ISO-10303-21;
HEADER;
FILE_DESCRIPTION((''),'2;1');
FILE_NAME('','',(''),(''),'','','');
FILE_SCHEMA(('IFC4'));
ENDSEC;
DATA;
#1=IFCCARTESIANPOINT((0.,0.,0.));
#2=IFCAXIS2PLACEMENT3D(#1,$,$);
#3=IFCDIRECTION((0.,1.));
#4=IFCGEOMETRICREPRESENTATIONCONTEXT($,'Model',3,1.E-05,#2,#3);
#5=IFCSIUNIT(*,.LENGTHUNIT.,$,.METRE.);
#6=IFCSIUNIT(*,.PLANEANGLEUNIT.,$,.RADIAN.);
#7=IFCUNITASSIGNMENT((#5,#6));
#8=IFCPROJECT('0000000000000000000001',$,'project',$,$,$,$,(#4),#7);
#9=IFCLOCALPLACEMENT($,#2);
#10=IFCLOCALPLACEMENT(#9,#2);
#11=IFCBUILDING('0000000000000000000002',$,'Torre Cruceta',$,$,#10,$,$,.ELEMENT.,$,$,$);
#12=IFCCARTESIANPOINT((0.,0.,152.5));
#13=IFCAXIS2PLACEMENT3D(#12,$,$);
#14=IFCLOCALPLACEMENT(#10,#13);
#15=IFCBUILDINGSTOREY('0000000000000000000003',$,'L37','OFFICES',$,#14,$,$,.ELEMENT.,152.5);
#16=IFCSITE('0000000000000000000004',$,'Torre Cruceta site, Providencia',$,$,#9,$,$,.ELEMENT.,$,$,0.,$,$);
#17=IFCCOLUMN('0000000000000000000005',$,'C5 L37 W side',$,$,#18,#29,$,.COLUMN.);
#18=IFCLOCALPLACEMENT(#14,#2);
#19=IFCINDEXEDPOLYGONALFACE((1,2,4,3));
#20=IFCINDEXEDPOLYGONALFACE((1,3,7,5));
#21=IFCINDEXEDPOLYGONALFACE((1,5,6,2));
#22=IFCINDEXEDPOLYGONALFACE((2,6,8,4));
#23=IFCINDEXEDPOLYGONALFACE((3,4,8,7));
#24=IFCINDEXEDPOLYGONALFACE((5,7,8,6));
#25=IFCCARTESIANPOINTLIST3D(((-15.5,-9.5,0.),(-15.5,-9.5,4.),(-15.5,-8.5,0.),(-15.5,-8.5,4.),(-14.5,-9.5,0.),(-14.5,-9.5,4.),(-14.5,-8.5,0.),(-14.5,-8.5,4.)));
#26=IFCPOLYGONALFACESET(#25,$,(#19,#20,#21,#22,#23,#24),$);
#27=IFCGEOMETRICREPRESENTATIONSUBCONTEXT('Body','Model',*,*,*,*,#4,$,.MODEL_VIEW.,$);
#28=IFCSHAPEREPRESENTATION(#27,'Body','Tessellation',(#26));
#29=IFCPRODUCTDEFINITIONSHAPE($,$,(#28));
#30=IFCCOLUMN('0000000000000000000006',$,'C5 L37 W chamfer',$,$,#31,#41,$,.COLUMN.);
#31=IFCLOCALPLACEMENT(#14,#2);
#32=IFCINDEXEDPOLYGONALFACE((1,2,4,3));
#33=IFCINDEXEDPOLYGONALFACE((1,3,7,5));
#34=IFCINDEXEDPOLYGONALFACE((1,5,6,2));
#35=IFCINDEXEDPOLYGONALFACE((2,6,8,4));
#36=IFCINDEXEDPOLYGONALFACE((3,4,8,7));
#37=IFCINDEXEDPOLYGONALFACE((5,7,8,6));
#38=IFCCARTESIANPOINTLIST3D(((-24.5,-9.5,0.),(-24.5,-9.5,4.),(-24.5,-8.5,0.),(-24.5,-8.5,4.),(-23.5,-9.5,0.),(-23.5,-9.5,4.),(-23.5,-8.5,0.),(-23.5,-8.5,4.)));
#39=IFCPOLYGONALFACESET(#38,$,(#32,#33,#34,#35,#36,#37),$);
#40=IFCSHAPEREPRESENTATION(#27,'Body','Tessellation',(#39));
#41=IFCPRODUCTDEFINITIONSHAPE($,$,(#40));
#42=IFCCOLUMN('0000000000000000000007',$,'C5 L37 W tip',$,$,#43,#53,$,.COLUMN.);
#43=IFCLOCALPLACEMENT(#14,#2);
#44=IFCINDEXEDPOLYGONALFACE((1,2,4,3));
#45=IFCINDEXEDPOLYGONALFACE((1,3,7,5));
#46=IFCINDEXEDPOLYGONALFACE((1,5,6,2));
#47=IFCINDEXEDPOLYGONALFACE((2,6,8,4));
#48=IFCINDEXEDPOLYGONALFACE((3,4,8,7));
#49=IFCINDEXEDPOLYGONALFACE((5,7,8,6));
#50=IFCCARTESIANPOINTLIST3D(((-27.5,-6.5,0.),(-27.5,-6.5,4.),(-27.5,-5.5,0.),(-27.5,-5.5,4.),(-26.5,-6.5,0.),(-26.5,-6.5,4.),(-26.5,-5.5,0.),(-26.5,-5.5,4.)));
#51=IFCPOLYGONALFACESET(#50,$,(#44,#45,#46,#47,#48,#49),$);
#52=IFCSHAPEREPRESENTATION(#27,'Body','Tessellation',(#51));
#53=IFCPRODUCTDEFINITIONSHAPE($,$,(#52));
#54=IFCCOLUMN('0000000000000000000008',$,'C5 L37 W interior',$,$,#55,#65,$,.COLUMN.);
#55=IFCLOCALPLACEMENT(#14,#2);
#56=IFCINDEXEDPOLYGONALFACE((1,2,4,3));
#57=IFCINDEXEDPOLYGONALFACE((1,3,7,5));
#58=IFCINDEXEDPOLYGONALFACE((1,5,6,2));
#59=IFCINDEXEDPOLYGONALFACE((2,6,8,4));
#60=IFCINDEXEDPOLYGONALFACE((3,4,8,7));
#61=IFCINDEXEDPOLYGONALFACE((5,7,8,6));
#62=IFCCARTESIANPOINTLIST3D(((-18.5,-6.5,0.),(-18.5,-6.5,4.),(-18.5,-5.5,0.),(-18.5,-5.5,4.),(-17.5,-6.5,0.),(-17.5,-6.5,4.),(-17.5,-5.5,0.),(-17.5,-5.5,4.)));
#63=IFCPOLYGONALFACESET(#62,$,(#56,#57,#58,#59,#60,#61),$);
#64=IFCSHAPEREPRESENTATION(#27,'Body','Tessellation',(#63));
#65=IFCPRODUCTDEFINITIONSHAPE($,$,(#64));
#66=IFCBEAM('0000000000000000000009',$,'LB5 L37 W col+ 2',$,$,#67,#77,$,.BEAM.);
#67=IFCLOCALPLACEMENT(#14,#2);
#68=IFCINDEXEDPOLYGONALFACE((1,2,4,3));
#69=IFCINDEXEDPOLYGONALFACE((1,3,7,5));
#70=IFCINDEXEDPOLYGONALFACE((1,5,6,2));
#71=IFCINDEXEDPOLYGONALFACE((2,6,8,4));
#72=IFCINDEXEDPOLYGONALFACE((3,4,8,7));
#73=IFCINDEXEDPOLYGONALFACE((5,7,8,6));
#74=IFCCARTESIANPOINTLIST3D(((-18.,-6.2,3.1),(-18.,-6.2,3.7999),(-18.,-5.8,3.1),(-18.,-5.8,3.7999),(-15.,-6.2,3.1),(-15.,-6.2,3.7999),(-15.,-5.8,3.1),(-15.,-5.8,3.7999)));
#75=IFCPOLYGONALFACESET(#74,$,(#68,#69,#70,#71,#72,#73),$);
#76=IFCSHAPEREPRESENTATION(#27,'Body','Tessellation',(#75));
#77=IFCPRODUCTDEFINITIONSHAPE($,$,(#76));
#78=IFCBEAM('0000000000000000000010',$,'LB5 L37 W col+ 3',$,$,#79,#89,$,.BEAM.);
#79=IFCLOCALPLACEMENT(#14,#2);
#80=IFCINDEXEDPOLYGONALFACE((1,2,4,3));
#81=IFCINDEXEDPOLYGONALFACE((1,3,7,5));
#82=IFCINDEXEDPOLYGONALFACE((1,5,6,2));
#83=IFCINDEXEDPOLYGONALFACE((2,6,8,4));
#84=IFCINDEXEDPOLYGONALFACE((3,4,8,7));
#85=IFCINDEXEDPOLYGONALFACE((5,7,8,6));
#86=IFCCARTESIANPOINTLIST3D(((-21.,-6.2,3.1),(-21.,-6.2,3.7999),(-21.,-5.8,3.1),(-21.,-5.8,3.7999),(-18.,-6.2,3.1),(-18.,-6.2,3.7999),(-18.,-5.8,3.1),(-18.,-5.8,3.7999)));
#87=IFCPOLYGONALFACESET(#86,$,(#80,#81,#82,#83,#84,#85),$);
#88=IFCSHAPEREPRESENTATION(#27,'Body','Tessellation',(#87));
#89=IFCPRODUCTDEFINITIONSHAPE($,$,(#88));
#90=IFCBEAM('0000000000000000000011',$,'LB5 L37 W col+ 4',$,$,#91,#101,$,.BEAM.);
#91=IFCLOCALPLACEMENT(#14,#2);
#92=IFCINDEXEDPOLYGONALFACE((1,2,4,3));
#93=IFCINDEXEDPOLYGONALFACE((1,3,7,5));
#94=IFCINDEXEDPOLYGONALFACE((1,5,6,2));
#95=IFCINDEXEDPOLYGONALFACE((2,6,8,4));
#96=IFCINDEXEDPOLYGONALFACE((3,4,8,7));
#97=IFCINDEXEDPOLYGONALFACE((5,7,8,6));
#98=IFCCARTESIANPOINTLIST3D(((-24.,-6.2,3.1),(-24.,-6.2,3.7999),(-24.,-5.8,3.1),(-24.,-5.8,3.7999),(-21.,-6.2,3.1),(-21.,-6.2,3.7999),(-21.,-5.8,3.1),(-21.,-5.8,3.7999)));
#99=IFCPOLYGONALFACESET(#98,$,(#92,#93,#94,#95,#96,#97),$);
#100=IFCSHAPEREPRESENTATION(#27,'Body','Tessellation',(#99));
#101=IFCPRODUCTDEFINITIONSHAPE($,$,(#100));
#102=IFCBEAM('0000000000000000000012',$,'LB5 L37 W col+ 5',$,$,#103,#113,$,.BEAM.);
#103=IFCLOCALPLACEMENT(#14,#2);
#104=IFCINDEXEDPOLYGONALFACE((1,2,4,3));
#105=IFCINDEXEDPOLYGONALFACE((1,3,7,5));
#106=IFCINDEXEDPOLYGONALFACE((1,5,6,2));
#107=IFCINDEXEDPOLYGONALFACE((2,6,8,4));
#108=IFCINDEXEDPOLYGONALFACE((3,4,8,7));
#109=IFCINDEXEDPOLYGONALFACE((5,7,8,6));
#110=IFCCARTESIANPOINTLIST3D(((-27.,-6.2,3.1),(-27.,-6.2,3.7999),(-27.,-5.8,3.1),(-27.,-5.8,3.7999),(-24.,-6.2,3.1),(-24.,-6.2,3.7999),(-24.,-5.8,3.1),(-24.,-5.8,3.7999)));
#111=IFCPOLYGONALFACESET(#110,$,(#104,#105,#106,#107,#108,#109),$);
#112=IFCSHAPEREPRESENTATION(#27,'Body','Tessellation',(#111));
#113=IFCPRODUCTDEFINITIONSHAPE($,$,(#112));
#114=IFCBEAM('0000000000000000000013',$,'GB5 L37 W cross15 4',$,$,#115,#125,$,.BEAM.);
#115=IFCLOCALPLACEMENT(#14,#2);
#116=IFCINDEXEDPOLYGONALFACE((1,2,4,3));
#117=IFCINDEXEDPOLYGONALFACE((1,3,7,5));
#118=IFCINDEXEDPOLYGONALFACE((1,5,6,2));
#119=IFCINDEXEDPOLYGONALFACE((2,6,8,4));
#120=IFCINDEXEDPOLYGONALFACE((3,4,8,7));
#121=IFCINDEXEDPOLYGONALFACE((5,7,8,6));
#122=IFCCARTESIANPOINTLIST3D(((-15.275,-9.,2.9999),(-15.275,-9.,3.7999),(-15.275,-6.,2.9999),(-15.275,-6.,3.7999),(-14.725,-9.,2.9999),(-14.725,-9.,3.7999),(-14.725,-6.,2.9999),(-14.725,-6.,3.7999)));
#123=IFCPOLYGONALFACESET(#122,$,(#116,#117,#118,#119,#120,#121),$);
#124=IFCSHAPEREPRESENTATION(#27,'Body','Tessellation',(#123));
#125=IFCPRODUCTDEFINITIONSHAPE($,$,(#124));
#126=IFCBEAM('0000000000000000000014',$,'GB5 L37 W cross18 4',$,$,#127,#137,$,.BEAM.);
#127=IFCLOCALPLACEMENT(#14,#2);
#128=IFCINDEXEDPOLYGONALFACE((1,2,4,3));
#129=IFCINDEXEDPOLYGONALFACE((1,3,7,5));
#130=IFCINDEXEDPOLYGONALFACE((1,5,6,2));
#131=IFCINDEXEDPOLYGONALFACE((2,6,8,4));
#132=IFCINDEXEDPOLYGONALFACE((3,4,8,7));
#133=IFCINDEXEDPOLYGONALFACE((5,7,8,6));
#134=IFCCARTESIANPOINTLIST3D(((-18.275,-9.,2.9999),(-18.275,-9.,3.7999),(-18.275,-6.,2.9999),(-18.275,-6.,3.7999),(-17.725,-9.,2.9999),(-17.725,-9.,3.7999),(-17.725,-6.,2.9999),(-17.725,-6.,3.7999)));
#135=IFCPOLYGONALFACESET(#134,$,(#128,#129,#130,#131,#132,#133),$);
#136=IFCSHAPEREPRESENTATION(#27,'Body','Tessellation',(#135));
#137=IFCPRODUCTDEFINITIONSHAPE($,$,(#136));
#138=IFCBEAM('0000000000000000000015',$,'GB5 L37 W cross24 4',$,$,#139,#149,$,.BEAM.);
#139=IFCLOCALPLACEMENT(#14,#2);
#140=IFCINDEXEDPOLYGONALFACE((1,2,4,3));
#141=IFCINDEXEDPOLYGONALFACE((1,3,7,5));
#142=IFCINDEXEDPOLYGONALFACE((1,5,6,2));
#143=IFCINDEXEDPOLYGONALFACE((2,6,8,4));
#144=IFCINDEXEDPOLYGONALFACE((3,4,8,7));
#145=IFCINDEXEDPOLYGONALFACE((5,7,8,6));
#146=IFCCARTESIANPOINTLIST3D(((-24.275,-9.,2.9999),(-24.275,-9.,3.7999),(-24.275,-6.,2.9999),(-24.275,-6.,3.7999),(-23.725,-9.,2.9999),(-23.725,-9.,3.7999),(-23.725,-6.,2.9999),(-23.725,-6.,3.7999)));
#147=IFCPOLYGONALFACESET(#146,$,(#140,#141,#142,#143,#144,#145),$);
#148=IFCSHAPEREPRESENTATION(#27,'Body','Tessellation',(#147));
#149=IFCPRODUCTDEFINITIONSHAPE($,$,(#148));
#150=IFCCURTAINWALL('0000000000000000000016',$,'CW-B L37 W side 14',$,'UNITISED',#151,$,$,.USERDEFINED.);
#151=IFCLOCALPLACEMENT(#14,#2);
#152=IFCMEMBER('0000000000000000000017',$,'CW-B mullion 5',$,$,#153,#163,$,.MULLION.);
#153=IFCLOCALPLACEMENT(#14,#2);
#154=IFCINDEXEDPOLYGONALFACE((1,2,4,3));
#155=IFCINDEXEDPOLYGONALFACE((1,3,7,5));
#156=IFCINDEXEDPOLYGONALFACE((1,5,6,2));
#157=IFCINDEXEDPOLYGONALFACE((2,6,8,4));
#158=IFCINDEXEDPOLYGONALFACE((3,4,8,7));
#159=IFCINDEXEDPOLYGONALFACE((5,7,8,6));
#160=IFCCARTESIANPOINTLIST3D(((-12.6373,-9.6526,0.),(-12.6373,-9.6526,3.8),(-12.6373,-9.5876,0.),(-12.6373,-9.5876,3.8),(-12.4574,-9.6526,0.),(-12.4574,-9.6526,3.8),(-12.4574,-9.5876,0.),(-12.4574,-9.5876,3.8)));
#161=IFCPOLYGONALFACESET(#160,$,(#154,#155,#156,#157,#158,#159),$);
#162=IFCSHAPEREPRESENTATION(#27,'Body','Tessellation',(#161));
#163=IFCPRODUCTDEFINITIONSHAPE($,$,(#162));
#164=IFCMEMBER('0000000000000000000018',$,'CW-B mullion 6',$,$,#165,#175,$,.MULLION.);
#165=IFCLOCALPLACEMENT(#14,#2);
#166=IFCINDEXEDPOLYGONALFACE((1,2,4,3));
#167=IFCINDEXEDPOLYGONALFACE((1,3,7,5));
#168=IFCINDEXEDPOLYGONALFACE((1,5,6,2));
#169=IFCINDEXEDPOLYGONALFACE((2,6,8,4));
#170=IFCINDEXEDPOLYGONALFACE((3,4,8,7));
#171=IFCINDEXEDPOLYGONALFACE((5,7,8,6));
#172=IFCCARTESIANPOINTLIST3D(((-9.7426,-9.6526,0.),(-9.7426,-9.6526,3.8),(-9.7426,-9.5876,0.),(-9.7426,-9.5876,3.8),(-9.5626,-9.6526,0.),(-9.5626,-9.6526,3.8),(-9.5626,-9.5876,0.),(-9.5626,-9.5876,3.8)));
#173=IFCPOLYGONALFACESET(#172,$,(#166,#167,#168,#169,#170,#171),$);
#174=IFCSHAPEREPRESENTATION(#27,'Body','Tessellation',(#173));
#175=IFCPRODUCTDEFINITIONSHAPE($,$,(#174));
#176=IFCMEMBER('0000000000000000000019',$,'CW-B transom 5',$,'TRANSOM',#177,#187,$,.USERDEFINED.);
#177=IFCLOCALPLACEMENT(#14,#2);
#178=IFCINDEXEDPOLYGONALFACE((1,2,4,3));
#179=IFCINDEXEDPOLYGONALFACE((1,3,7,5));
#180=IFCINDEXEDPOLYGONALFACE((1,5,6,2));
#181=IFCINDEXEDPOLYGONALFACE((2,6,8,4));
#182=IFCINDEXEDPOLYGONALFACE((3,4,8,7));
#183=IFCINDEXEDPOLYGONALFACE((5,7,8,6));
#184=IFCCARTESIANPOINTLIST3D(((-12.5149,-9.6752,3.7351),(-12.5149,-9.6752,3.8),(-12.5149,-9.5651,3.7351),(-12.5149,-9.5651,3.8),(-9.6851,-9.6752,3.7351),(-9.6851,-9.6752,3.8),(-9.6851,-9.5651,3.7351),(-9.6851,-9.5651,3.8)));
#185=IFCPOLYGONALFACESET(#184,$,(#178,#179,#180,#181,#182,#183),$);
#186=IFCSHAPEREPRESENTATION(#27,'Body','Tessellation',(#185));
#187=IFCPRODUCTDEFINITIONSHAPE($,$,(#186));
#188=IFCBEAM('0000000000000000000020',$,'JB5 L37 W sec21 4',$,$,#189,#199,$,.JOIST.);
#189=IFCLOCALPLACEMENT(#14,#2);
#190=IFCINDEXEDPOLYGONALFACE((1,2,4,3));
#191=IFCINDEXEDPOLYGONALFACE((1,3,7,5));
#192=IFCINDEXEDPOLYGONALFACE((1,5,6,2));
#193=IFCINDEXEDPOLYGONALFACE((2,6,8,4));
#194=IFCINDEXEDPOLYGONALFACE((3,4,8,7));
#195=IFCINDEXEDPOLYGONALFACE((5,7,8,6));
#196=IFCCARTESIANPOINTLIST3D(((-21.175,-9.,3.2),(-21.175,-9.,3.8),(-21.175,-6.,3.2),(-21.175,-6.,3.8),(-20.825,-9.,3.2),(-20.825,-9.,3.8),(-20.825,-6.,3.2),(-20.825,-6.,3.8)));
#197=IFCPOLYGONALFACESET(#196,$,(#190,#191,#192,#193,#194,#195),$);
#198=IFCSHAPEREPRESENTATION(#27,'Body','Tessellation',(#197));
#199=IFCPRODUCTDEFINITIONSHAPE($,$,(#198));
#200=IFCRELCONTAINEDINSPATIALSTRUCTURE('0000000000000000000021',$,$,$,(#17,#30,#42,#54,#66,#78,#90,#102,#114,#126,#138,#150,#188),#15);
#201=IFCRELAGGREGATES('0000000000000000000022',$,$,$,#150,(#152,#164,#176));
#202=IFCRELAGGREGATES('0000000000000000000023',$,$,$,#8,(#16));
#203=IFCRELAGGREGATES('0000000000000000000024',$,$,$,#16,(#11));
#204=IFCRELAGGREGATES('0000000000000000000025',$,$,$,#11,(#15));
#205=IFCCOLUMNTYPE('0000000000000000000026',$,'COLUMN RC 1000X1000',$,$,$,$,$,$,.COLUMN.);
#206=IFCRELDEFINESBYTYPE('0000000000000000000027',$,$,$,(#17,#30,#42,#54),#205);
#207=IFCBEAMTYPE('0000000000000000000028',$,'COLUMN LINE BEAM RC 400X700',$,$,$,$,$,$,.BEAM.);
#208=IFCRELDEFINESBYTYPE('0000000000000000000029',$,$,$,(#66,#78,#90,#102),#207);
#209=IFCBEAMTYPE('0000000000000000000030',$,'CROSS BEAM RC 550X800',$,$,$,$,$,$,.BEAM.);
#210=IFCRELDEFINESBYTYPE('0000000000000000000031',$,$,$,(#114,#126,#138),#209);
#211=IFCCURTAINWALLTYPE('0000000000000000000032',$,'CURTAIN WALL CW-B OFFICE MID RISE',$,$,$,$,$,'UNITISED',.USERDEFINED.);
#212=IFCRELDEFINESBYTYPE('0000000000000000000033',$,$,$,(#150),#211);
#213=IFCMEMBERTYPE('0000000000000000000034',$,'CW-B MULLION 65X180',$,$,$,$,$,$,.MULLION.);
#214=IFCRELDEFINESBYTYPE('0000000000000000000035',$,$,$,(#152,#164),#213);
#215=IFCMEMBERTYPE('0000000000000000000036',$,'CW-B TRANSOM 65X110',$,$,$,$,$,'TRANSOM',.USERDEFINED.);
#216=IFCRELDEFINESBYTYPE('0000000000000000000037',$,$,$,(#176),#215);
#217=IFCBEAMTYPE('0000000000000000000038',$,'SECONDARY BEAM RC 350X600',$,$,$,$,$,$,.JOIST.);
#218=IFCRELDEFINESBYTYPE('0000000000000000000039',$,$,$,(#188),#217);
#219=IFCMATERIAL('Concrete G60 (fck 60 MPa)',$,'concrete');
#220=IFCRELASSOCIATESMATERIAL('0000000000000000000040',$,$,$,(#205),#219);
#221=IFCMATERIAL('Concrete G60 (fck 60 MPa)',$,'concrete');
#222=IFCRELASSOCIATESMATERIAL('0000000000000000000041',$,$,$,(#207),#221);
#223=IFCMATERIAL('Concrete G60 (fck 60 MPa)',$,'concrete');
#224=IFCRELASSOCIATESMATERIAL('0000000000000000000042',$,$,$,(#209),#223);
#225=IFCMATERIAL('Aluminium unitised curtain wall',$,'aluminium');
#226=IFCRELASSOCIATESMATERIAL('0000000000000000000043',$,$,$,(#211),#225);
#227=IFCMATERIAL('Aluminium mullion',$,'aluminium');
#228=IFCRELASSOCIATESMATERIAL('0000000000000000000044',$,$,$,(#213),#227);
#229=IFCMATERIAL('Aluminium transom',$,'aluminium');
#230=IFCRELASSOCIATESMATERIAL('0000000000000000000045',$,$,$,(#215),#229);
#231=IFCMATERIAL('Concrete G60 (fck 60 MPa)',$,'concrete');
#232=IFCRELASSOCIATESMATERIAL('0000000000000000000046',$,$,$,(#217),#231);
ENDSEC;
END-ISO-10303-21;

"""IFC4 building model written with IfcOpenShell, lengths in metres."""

from ifc_helpers import new_model, si_unit, direction, frame, origin, origin_2d, place, context, subcontext, project, spatial, rectangle, extrude, material, material_profile, profile_set, type_object, element, aggregate, save


model = new_model("IFC4")

# Units and contexts
model_context = context("Model", 3, precision=1e-05, world=origin(), true_north=direction((0.0, 1.0)))
body_context = subcontext(model_context, "Body", "Model", "MODEL_VIEW")
ifc_project = project(units=[si_unit("LENGTHUNIT", "METRE"), si_unit("PLANEANGLEUNIT", "RADIAN")], contexts=[model_context])

# Site, building, storey
site_placement = place(None, origin())
site = spatial("IfcSite", under=ifc_project, at=site_placement, Name="Torre Cruceta site, Providencia", CompositionType="ELEMENT", RefElevation=0.0)
building_placement = place(site_placement, origin())
building = spatial("IfcBuilding", under=site, at=building_placement, Name="Torre Cruceta", CompositionType="ELEMENT")
storey_placement = place(building_placement, frame((0.0, 0.0, 152.5)))
storey = spatial("IfcBuildingStorey", under=building, at=storey_placement, Name="L37", Description="OFFICES", CompositionType="ELEMENT", Elevation=152.5)

# Columns
ifc_material_1 = material(Name="Concrete G60 (fck 60 MPa)", Category="concrete")
ifc_material_profile_1 = material_profile(ifc_material_1, rectangle(XDim=1.0, YDim=1.0, at=origin_2d()), Name="RC 1000X1000")
ifc_profile_set_1 = profile_set([ifc_material_profile_1], Name="Concrete G60 (fck 60 MPa)")
column_type = type_object("IfcColumnType", Name="COLUMN RC 1000X1000", PredefinedType="COLUMN", material=ifc_profile_set_1)
for number, where, z_axis, x_axis, name in (
    (1, (-15.0, -9.0, 0.0), (0.0, 0.0, 1.0), (1.0, 0.0, 0.0), "C5 L37 W side"),
    (2, (-24.0, -9.0, 0.0), (0.0, 0.0, 1.0), (1.0, 0.0, 0.0), "C5 L37 W chamfer"),
    (3, (-27.0, -6.0, 0.0), (0.0, 0.0, 1.0), (1.0, 0.0, 0.0), "C5 L37 W tip"),
    (4, (-18.0, -6.0, 0.0), (0.0, 0.0, 1.0), (1.0, 0.0, 0.0), "C5 L37 W interior"),
):
    element("IfcColumn", number, at=place(storey_placement, frame(where, z_axis=z_axis, x_axis=x_axis)), inside=storey, type_object=column_type, Name=name, PredefinedType="COLUMN", context=body_context, shape_type="SweptSolid", body=[
        extrude(rectangle(XDim=1.0, YDim=1.0, at=origin_2d()), origin(), (0.0, 0.0, 1.0), 4.0),
    ])

# Beams
ifc_material_2 = material(Name="Concrete G60 (fck 60 MPa)", Category="concrete")
ifc_material_profile_2 = material_profile(ifc_material_2, rectangle(XDim=0.3999, YDim=0.7, at=origin_2d()), Name="RC 400X700")
ifc_profile_set_2 = profile_set([ifc_material_profile_2], Name="Concrete G60 (fck 60 MPa)")
beam_type_1 = type_object("IfcBeamType", Name="COLUMN LINE BEAM RC 400X700", PredefinedType="BEAM", material=ifc_profile_set_2)
for number, where, z_axis, x_axis, name in (
    (5, (-15.0, -6.0, 3.45), (-1.0, 0.0, 0.0), (0.0, -1.0, 0.0), "LB5 L37 W col+ 2"),
    (6, (-18.0, -6.0, 3.45), (-1.0, 0.0, 0.0), (0.0, -1.0, 0.0), "LB5 L37 W col+ 3"),
    (7, (-21.0, -6.0, 3.45), (-1.0, 0.0, 0.0), (0.0, -1.0, 0.0), "LB5 L37 W col+ 4"),
    (8, (-24.0, -6.0, 3.45), (-1.0, 0.0, 0.0), (0.0, -1.0, 0.0), "LB5 L37 W col+ 5"),
):
    element("IfcBeam", number, at=place(storey_placement, frame(where, z_axis=z_axis, x_axis=x_axis)), inside=storey, type_object=beam_type_1, Name=name, PredefinedType="BEAM", context=body_context, shape_type="SweptSolid", body=[
        extrude(rectangle(XDim=0.3999, YDim=0.7, at=origin_2d()), origin(), (0.0, 0.0, 1.0), 3.0),
    ])
ifc_material_3 = material(Name="Concrete G60 (fck 60 MPa)", Category="concrete")
ifc_material_profile_3 = material_profile(ifc_material_3, rectangle(XDim=0.55, YDim=0.8, at=origin_2d()), Name="RC 550X800")
ifc_profile_set_3 = profile_set([ifc_material_profile_3], Name="Concrete G60 (fck 60 MPa)")
beam_type_2 = type_object("IfcBeamType", Name="CROSS BEAM RC 550X800", PredefinedType="BEAM", material=ifc_profile_set_3)
for number, where, z_axis, x_axis, name in (
    (9, (-15.0, -6.0, 3.3999), (0.0, -1.0, 0.0), (1.0, 0.0, 0.0), "GB5 L37 W cross15 4"),
    (10, (-18.0, -6.0, 3.3999), (0.0, -1.0, 0.0), (1.0, 0.0, 0.0), "GB5 L37 W cross18 4"),
    (11, (-24.0, -6.0, 3.3999), (0.0, -1.0, 0.0), (1.0, 0.0, 0.0), "GB5 L37 W cross24 4"),
):
    element("IfcBeam", number, at=place(storey_placement, frame(where, z_axis=z_axis, x_axis=x_axis)), inside=storey, type_object=beam_type_2, Name=name, PredefinedType="BEAM", context=body_context, shape_type="SweptSolid", body=[
        extrude(rectangle(XDim=0.55, YDim=0.8, at=origin_2d()), origin(), (0.0, 0.0, 1.0), 3.0),
    ])

# Curtain wall, members
ifc_material_4 = material(Name="Aluminium unitised curtain wall", Category="aluminium")
curtain_wall_type = type_object("IfcCurtainWallType", Name="CURTAIN WALL CW-B OFFICE MID RISE", ElementType="UNITISED", PredefinedType="USERDEFINED", material=ifc_material_4)
curtain_wall_placement = place(storey_placement, origin())
curtain_wall = element("IfcCurtainWall", 12, at=curtain_wall_placement, inside=storey, type_object=curtain_wall_type, Name="CW-B L37 W side 14", ObjectType="UNITISED", PredefinedType="USERDEFINED")
ifc_material_5 = material(Name="Aluminium mullion", Category="aluminium")
ifc_material_profile_4 = material_profile(ifc_material_5, rectangle(XDim=0.0649, YDim=0.1799, at=origin_2d()), Name="AL 65X180")
ifc_profile_set_4 = profile_set([ifc_material_profile_4], Name="Aluminium mullion")
member_type_1 = type_object("IfcMemberType", Name="CW-B MULLION 65X180", PredefinedType="MULLION", material=ifc_profile_set_4)
member_1_placement = place(storey_placement, frame((-12.5474, -9.6201, 0.0), z_axis=(0.0, 0.0, 1.0), x_axis=(0.0, 1.0, 0.0)))
member_1 = element("IfcMember", 13, at=member_1_placement, type_object=member_type_1, Name="CW-B mullion 5", PredefinedType="MULLION", context=body_context, shape_type="SweptSolid", body=[
    extrude(rectangle(XDim=0.0649, YDim=0.1799, at=origin_2d()), origin(), (0.0, 0.0, 1.0), 3.8),
])
member_2_placement = place(storey_placement, frame((-9.6526, -9.6201, 0.0), z_axis=(0.0, 0.0, 1.0), x_axis=(0.0, 1.0, 0.0)))
member_2 = element("IfcMember", 14, at=member_2_placement, type_object=member_type_1, Name="CW-B mullion 6", PredefinedType="MULLION", context=body_context, shape_type="SweptSolid", body=[
    extrude(rectangle(XDim=0.0649, YDim=0.1799, at=origin_2d()), origin(), (0.0, 0.0, 1.0), 3.8),
])
ifc_material_6 = material(Name="Aluminium transom", Category="aluminium")
ifc_material_profile_5 = material_profile(ifc_material_6, rectangle(XDim=0.1101, YDim=0.0649, at=origin_2d()), Name="AL 110X65")
ifc_profile_set_5 = profile_set([ifc_material_profile_5], Name="Aluminium transom")
member_type_2 = type_object("IfcMemberType", Name="CW-B TRANSOM 65X110", ElementType="TRANSOM", PredefinedType="USERDEFINED", material=ifc_profile_set_5)
member_3_placement = place(storey_placement, frame((-12.5149, -9.6201, 3.7676), z_axis=(1.0, 0.0, 0.0), x_axis=(0.0, 1.0, 0.0)))
member_3 = element("IfcMember", 15, at=member_3_placement, type_object=member_type_2, Name="CW-B transom 5", ObjectType="TRANSOM", PredefinedType="USERDEFINED", context=body_context, shape_type="SweptSolid", body=[
    extrude(rectangle(XDim=0.1101, YDim=0.0649, at=origin_2d()), origin(), (0.0, 0.0, 1.0), 2.8298),
])

# Beam
ifc_material_7 = material(Name="Concrete G60 (fck 60 MPa)", Category="concrete")
ifc_material_profile_6 = material_profile(ifc_material_7, rectangle(XDim=0.3501, YDim=0.6001, at=origin_2d()), Name="RC 350X600")
ifc_profile_set_6 = profile_set([ifc_material_profile_6], Name="Concrete G60 (fck 60 MPa)")
beam_type_3 = type_object("IfcBeamType", Name="SECONDARY BEAM RC 350X600", PredefinedType="JOIST", material=ifc_profile_set_6)
beam_1_placement = place(storey_placement, frame((-21.0, -6.0, 3.5), z_axis=(0.0, -1.0, 0.0), x_axis=(1.0, 0.0, 0.0)))
element("IfcBeam", 16, at=beam_1_placement, inside=storey, type_object=beam_type_3, Name="JB5 L37 W sec21 4", PredefinedType="JOIST", context=body_context, shape_type="SweptSolid", body=[
    extrude(rectangle(XDim=0.3501, YDim=0.6001, at=origin_2d()), origin(), (0.0, 0.0, 1.0), 3.0),
])

aggregate(curtain_wall, [member_1, member_2, member_3])

save(model, "model.ifc")
